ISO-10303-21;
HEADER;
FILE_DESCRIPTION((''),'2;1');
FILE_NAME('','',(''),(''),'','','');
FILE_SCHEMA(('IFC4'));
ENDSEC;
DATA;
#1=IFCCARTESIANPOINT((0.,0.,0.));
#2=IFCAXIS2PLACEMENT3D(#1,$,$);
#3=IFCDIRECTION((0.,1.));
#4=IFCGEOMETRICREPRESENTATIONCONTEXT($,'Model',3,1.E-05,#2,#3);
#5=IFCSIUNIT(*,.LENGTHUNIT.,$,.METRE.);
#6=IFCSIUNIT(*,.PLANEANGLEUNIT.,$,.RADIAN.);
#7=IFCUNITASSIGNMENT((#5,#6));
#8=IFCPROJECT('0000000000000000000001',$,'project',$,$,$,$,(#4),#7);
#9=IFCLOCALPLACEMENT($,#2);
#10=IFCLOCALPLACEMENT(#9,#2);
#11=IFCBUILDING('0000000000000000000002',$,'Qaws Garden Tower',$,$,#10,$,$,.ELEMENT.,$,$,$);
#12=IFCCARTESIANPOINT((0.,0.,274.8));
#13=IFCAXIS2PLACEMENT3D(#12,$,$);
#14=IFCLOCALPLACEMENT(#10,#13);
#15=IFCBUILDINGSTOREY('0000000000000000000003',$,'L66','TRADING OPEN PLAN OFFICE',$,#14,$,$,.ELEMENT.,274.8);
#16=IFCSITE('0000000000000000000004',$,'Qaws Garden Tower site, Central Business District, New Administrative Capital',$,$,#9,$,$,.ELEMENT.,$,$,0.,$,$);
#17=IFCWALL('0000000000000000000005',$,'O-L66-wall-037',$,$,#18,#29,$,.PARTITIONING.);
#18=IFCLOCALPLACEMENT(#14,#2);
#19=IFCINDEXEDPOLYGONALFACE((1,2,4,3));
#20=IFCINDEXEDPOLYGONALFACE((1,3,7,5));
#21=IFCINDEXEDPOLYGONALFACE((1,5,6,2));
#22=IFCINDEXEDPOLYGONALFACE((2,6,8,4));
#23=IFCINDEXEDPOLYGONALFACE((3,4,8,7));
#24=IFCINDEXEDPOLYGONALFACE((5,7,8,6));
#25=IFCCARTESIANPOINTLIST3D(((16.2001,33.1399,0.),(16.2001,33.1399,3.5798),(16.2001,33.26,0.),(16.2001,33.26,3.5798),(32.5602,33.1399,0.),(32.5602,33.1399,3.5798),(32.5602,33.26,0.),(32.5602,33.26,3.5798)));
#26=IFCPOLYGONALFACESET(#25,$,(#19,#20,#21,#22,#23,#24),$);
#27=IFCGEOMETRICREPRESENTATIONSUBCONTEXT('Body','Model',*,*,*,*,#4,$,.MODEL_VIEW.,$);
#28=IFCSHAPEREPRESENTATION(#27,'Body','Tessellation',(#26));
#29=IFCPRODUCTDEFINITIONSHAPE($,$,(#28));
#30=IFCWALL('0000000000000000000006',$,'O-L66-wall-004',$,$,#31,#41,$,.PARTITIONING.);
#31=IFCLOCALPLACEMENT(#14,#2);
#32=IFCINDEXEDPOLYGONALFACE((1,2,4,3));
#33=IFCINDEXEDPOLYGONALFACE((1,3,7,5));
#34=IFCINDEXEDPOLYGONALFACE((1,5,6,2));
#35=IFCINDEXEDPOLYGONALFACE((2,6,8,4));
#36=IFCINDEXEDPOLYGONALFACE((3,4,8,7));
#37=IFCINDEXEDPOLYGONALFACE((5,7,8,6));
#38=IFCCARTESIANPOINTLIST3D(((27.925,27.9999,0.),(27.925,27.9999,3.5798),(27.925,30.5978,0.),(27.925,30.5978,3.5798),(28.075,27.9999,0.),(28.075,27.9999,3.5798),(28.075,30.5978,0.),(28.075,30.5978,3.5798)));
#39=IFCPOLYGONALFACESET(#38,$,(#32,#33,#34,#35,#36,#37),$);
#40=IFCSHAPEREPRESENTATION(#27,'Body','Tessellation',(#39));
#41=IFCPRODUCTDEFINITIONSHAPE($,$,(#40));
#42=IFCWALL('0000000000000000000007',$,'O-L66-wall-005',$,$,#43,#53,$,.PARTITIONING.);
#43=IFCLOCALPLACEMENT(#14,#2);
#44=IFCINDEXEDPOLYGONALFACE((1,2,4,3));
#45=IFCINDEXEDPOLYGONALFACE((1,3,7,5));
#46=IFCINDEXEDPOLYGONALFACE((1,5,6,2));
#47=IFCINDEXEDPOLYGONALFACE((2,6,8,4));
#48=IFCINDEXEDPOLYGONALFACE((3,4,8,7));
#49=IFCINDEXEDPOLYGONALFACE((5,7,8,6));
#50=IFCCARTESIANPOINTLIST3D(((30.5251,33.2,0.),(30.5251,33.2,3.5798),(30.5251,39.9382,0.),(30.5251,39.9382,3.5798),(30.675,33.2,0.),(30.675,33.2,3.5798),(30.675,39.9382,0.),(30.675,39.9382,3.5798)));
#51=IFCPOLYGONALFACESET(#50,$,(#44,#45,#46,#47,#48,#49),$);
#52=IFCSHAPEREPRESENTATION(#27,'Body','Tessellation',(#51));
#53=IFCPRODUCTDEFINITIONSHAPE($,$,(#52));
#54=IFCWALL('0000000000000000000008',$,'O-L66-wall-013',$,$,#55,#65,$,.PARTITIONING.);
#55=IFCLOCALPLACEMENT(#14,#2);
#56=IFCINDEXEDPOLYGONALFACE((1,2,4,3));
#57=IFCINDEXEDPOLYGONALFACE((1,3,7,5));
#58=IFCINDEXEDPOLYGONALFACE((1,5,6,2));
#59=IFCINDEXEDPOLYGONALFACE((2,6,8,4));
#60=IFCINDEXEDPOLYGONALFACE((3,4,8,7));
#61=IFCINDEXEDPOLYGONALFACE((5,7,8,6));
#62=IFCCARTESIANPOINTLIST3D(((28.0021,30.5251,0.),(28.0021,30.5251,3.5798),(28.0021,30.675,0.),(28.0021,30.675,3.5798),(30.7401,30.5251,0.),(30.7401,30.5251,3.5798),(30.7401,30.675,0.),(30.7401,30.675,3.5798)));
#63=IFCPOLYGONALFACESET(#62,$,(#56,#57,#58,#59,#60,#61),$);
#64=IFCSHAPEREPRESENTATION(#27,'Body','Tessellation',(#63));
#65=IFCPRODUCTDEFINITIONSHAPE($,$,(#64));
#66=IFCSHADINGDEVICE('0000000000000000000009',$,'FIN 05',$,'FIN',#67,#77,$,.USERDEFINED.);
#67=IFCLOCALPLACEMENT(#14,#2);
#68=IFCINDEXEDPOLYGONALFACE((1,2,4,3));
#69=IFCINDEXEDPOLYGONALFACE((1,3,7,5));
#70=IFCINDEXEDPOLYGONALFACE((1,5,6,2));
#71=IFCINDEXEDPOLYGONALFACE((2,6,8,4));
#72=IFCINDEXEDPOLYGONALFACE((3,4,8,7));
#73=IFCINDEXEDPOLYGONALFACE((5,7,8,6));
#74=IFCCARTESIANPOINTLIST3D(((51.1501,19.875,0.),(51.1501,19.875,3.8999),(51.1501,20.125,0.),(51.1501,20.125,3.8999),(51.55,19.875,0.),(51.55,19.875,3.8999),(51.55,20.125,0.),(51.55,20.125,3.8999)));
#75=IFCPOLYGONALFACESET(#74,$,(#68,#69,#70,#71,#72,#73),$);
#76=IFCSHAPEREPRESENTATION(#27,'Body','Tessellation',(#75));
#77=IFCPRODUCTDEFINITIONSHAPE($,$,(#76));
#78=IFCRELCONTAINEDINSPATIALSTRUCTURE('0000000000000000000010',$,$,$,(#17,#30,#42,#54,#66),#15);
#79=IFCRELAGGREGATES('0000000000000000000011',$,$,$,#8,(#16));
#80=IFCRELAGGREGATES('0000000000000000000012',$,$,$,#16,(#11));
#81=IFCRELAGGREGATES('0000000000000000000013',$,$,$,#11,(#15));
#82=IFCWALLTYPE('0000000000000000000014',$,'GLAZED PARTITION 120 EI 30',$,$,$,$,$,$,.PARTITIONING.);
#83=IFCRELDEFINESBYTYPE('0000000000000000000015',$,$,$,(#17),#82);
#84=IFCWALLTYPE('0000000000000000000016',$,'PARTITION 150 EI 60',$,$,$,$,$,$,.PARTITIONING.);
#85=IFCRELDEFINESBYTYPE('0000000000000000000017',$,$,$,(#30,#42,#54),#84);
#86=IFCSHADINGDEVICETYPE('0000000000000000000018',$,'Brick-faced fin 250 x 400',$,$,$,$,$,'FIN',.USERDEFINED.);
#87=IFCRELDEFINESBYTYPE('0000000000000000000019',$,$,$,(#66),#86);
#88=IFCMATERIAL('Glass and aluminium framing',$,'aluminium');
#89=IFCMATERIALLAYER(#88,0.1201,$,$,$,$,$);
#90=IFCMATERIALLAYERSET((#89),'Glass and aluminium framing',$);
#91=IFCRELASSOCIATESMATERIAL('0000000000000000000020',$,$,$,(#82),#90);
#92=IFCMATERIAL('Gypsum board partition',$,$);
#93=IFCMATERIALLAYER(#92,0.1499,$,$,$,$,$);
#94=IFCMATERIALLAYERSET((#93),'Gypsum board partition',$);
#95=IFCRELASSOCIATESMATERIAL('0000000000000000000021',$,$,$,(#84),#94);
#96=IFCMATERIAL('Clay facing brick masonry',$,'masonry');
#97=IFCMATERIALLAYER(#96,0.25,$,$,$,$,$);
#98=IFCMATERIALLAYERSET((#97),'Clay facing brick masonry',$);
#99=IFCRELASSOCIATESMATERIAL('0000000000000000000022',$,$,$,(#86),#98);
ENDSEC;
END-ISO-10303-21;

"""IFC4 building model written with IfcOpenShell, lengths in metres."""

from ifc_helpers import new_model, si_unit, direction, frame, frame_2d, origin, origin_2d, place, context, subcontext, project, spatial, rectangle, extrude, material, layer, layer_set, type_object, element, save


model = new_model("IFC4")

# Units and contexts
model_context = context("Model", 3, precision=1e-05, world=origin(), true_north=direction((0.0, 1.0)))
body_context = subcontext(model_context, "Body", "Model", "MODEL_VIEW")
ifc_project = project(units=[si_unit("LENGTHUNIT", "METRE"), si_unit("PLANEANGLEUNIT", "RADIAN")], contexts=[model_context])

# Site, building, storey
site_placement = place(None, origin())
site = spatial("IfcSite", under=ifc_project, at=site_placement, Name="Qaws Garden Tower site, Central Business District, New Administrative Capital", CompositionType="ELEMENT", RefElevation=0.0)
building_placement = place(site_placement, origin())
building = spatial("IfcBuilding", under=site, at=building_placement, Name="Qaws Garden Tower", CompositionType="ELEMENT")
storey_placement = place(building_placement, frame((0.0, 0.0, 274.8)))
storey = spatial("IfcBuildingStorey", under=building, at=storey_placement, Name="L66", Description="TRADING OPEN PLAN OFFICE", CompositionType="ELEMENT", Elevation=274.8)

# Shared definitions
ifc_material_1 = material(Name="Glass and aluminium framing", Category="aluminium")
ifc_layer_1 = layer(ifc_material_1, 0.1201)
ifc_layer_set_1 = layer_set([ifc_layer_1], Name="Glass and aluminium framing")
wall_type_1 = type_object("IfcWallType", Name="GLAZED PARTITION 120 EI 30", PredefinedType="PARTITIONING", material=ifc_layer_set_1)

# Walls
wall_1_placement = place(storey_placement, frame((16.2, 33.2, 0.0), z_axis=(0.0, 0.0, 1.0), x_axis=(1.0, 0.0, 0.0)))
element("IfcWall", 1, at=wall_1_placement, inside=storey, type_object=wall_type_1, Name="O-L66-wall-037", PredefinedType="PARTITIONING", context=body_context, shape_type="SweptSolid", body=[
    extrude(rectangle(XDim=16.3601, YDim=0.1201, at=frame_2d((8.1802, 0.0))), origin(), (0.0, 0.0, 1.0), 3.5798),
])
ifc_material_2 = material(Name="Gypsum board partition")
ifc_layer_2 = layer(ifc_material_2, 0.1499)
ifc_layer_set_2 = layer_set([ifc_layer_2], Name="Gypsum board partition")
wall_type_2 = type_object("IfcWallType", Name="PARTITION 150 EI 60", PredefinedType="PARTITIONING", material=ifc_layer_set_2)
wall_2_placement = place(storey_placement, frame((28.0, 28.0, 0.0), z_axis=(0.0, 0.0, 1.0), x_axis=(0.0, 1.0, 0.0)))
element("IfcWall", 2, at=wall_2_placement, inside=storey, type_object=wall_type_2, Name="O-L66-wall-004", PredefinedType="PARTITIONING", context=body_context, shape_type="SweptSolid", body=[
    extrude(rectangle(XDim=2.5979, YDim=0.1499, at=frame_2d((1.2988, 0.0))), origin(), (0.0, 0.0, 1.0), 3.5798),
])
wall_3_placement = place(storey_placement, frame((30.6001, 33.2, 0.0), z_axis=(0.0, 0.0, 1.0), x_axis=(0.0, 1.0, 0.0)))
element("IfcWall", 3, at=wall_3_placement, inside=storey, type_object=wall_type_2, Name="O-L66-wall-005", PredefinedType="PARTITIONING", context=body_context, shape_type="SweptSolid", body=[
    extrude(rectangle(XDim=6.7383, YDim=0.1499, at=frame_2d((3.3691, 0.0))), origin(), (0.0, 0.0, 1.0), 3.5798),
])
wall_4_placement = place(storey_placement, frame((28.002, 30.6001, 0.0), z_axis=(0.0, 0.0, 1.0), x_axis=(1.0, 0.0, 0.0)))
element("IfcWall", 4, at=wall_4_placement, inside=storey, type_object=wall_type_2, Name="O-L66-wall-013", PredefinedType="PARTITIONING", context=body_context, shape_type="SweptSolid", body=[
    extrude(rectangle(XDim=2.738, YDim=0.1499, at=frame_2d((1.3691, 0.0))), origin(), (0.0, 0.0, 1.0), 3.5798),
])

# Shading device
ifc_material_3 = material(Name="Clay facing brick masonry", Category="masonry")
ifc_layer_3 = layer(ifc_material_3, 0.25)
ifc_layer_set_3 = layer_set([ifc_layer_3], Name="Clay facing brick masonry")
shading_device_type = type_object("IfcShadingDeviceType", Name="Brick-faced fin 250 x 400", ElementType="FIN", PredefinedType="USERDEFINED", material=ifc_layer_set_3)
shading_device_placement = place(storey_placement, frame((51.3501, 20.0, 0.0), z_axis=(0.0, 0.0, 1.0), x_axis=(0.0, 1.0, 0.0)))
element("IfcShadingDevice", 5, at=shading_device_placement, inside=storey, type_object=shading_device_type, Name="FIN 05", ObjectType="FIN", PredefinedType="USERDEFINED", context=body_context, shape_type="SweptSolid", body=[
    extrude(rectangle(XDim=0.25, YDim=0.3999, at=origin_2d()), origin(), (0.0, 0.0, 1.0), 3.8999),
])

save(model, "model.ifc")
